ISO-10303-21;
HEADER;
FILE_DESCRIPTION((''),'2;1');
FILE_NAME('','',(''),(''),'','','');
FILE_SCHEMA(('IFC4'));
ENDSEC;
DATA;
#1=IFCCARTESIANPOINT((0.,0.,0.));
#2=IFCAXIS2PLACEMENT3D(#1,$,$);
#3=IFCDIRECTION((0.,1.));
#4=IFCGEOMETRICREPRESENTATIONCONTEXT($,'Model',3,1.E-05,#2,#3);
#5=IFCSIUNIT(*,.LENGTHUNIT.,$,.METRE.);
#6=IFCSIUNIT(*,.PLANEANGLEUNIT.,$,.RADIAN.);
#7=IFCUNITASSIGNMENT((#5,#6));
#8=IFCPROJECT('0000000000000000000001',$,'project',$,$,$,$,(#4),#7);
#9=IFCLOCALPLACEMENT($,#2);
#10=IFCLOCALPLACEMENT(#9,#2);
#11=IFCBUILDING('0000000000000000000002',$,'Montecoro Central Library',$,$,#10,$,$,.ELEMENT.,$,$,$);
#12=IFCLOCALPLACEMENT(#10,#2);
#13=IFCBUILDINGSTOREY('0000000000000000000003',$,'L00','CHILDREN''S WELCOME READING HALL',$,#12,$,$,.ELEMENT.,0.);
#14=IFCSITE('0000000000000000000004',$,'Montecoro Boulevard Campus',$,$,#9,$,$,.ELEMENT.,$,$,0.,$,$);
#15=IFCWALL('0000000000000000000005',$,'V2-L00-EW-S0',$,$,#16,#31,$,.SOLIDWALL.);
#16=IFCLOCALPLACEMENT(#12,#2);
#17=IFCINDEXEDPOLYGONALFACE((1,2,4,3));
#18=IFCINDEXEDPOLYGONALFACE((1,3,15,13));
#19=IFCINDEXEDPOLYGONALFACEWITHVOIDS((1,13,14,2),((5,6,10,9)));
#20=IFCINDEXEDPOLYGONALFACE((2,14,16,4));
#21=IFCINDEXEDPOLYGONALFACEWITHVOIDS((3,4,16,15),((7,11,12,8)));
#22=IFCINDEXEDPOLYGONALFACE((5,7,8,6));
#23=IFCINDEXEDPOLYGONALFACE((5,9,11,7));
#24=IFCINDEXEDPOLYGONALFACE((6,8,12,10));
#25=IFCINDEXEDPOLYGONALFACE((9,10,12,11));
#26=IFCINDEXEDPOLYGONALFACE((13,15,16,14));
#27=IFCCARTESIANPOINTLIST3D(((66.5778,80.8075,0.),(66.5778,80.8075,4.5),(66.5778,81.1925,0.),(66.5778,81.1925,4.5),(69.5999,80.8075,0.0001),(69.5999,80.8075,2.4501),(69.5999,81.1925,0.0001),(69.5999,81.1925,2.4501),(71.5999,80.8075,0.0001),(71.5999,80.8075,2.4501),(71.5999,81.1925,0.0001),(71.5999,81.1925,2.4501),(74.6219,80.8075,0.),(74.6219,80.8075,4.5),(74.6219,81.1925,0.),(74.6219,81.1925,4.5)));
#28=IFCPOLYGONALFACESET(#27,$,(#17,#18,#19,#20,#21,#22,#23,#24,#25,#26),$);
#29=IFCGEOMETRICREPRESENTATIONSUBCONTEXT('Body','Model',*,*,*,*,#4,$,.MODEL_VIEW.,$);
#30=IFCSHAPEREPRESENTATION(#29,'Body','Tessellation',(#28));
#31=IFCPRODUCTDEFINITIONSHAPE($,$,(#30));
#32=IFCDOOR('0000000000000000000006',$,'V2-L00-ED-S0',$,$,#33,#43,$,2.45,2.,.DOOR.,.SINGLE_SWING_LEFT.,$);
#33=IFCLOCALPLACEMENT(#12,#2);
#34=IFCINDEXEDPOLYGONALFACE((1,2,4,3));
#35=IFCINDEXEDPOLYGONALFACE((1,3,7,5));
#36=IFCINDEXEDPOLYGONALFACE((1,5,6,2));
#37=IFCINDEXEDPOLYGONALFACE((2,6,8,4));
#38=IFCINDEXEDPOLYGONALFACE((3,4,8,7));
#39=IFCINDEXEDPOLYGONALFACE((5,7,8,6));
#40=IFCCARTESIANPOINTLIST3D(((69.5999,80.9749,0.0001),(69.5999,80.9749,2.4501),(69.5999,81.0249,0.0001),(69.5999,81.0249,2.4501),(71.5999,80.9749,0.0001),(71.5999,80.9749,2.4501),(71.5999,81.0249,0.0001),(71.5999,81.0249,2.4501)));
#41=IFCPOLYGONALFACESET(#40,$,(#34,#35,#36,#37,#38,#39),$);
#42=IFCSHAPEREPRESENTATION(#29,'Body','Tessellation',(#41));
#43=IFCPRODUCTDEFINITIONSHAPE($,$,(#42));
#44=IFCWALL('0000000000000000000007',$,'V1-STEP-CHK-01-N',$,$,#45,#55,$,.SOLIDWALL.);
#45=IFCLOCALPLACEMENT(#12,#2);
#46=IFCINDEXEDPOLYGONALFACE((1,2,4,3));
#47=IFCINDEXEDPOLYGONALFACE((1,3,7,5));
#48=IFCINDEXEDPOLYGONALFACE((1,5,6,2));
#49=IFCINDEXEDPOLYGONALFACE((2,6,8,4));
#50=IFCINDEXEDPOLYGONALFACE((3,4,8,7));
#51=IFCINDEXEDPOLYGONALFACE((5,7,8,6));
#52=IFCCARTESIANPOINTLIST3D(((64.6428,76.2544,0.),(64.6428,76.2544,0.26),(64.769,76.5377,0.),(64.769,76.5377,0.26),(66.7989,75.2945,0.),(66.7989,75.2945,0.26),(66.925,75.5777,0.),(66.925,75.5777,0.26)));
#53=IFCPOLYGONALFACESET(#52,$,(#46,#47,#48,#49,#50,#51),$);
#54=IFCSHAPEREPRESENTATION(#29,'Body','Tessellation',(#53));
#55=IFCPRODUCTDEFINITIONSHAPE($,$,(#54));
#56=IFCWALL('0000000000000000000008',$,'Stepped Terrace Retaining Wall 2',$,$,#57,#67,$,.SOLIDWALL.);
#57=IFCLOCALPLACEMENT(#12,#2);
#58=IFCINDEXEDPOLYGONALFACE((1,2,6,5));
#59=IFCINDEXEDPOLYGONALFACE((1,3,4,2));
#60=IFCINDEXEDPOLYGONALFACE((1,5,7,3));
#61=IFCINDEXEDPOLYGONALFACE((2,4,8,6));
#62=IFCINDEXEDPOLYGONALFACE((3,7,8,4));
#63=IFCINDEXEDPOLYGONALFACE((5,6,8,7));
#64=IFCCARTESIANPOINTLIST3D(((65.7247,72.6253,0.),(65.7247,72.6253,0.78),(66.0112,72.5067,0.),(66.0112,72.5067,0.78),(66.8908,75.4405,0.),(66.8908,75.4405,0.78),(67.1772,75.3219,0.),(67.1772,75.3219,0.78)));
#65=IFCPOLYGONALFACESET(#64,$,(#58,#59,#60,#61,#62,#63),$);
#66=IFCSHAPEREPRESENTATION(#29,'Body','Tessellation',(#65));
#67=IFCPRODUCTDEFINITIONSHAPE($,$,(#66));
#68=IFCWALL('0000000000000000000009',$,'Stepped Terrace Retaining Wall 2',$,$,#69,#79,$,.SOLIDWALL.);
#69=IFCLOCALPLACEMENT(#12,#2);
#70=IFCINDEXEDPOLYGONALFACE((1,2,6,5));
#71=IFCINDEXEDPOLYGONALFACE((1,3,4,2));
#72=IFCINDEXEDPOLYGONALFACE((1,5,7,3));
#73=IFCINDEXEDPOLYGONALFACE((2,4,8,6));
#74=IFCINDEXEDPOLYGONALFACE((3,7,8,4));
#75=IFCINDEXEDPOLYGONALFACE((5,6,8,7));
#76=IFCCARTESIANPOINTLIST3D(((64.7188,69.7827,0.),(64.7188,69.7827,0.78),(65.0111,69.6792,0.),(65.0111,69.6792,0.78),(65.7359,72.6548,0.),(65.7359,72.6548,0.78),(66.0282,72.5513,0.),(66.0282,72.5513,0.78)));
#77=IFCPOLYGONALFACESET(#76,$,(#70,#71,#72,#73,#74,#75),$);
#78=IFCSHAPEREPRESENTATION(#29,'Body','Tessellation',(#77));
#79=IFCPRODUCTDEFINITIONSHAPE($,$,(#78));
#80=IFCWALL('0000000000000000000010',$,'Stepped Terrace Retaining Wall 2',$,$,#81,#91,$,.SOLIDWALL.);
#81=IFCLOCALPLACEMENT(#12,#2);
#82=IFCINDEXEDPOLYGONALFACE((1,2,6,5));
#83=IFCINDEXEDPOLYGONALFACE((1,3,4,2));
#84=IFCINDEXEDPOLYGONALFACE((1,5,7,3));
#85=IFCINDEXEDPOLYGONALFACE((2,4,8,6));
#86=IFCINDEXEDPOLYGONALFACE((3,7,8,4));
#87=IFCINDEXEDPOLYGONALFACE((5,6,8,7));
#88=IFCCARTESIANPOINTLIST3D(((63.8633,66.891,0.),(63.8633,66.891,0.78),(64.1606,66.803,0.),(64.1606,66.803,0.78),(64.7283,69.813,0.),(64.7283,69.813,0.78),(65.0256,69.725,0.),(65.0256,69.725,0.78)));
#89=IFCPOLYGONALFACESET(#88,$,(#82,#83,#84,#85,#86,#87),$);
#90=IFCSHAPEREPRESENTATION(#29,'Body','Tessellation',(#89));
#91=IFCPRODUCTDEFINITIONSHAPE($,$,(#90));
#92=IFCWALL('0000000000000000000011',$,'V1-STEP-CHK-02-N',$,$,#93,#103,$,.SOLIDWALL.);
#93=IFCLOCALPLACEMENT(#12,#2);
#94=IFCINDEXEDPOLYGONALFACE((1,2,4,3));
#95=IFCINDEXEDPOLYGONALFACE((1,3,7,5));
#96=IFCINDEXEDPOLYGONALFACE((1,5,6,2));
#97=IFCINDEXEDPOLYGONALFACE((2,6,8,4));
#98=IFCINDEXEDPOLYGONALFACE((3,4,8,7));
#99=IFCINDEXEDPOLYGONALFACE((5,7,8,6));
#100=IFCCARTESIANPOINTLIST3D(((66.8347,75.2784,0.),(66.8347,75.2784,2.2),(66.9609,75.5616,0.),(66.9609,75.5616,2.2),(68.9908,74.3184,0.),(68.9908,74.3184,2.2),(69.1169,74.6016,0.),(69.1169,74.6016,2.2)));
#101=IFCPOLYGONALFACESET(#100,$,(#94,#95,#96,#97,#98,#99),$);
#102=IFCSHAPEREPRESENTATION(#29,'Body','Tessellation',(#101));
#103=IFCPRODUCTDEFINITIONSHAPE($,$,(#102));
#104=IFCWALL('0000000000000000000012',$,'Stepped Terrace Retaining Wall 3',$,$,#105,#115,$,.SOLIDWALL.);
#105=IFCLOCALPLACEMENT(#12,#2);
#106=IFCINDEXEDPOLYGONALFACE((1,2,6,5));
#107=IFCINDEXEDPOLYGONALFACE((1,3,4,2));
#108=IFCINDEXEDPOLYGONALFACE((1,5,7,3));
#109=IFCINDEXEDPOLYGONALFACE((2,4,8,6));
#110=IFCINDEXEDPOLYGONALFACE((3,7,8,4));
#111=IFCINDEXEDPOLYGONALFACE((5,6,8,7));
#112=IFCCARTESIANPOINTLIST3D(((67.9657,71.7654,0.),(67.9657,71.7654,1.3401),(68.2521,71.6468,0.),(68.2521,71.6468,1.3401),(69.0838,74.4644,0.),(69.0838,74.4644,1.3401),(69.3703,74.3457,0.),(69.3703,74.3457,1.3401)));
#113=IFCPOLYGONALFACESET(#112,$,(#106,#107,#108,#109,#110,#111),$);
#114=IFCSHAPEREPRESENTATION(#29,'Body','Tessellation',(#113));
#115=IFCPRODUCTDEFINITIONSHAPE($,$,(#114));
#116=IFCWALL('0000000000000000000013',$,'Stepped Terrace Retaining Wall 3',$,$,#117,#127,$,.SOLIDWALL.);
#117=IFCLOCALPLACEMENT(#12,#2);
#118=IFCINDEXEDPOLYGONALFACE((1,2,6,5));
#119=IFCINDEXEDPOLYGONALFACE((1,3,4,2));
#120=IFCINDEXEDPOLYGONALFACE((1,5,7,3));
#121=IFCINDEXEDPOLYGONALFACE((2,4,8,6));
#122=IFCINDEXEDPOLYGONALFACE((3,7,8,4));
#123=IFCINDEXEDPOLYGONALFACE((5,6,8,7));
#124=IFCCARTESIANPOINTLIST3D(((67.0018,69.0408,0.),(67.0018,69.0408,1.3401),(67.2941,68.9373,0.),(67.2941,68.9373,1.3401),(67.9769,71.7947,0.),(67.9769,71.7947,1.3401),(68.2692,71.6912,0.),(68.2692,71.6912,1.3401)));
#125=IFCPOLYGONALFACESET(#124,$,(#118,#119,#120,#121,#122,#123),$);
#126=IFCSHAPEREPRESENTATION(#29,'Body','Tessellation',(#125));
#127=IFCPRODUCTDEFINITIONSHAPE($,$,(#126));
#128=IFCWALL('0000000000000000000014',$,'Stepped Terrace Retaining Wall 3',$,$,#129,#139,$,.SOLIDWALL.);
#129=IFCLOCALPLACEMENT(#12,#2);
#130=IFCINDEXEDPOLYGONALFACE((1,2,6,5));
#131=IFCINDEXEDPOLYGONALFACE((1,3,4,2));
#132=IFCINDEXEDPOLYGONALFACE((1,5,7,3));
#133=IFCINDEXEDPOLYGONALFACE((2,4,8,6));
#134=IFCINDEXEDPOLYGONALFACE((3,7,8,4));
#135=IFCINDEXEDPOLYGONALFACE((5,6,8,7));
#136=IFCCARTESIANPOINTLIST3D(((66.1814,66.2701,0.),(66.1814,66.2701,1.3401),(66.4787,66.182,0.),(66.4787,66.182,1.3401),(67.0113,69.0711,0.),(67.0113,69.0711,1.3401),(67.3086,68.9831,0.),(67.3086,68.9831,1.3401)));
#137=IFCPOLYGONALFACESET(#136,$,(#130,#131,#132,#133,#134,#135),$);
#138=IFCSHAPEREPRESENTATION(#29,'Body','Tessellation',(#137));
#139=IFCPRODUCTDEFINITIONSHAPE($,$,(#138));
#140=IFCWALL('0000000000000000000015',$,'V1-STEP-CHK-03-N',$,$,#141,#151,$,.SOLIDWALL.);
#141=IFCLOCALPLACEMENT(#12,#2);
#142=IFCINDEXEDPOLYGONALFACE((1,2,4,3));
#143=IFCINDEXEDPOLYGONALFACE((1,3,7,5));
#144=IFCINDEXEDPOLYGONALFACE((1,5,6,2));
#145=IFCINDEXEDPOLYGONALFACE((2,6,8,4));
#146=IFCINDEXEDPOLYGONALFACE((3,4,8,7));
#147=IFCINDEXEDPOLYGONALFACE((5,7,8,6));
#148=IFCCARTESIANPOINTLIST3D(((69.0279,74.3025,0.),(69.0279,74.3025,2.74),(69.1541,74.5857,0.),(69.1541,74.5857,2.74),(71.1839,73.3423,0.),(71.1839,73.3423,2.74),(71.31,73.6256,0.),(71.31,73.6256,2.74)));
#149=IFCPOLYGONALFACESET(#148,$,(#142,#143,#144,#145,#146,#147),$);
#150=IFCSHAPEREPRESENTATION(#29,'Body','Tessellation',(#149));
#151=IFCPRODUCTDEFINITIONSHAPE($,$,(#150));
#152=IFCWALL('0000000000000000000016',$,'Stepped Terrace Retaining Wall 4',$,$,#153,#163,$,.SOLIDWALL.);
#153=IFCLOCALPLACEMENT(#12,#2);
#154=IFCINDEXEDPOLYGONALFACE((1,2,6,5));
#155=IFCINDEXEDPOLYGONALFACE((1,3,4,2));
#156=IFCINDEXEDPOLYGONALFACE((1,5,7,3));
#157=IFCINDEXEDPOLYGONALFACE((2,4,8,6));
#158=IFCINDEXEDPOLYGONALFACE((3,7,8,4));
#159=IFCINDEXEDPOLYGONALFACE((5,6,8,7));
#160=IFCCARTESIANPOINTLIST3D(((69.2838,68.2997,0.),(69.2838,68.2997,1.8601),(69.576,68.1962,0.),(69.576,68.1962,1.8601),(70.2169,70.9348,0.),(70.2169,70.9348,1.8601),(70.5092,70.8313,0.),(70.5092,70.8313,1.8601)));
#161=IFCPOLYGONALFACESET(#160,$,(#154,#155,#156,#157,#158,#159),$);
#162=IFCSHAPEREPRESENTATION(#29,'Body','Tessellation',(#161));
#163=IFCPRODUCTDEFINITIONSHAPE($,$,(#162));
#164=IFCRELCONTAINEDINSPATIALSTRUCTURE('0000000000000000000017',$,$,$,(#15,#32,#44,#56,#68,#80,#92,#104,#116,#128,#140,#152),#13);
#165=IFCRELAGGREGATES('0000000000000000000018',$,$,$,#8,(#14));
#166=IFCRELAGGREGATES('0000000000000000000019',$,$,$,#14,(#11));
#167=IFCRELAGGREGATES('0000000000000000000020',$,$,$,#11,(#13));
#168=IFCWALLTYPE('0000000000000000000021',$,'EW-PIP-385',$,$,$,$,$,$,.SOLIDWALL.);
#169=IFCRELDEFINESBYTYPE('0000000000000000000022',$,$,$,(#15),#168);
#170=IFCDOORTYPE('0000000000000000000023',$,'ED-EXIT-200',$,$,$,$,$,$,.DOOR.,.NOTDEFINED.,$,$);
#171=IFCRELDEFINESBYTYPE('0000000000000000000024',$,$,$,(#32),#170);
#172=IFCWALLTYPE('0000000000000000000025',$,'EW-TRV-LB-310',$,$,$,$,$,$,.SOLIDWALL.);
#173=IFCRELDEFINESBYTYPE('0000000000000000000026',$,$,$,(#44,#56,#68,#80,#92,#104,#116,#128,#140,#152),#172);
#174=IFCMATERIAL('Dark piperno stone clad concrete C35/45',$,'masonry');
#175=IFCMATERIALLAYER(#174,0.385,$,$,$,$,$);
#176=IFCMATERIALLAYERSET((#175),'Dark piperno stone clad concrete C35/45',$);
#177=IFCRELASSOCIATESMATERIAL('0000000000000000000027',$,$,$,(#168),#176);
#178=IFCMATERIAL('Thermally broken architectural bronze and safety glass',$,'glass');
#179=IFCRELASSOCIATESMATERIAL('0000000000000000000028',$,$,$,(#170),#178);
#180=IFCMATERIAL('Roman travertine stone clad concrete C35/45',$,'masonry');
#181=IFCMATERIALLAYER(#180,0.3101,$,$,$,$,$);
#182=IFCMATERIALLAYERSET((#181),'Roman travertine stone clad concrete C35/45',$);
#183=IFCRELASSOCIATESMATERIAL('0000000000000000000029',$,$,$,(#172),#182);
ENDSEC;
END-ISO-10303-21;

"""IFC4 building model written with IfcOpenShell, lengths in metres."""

from ifc_helpers import new_model, si_unit, direction, frame, frame_2d, origin, place, context, subcontext, project, spatial, rectangle, extrude, material, layer, layer_set, type_object, element, fill, save


model = new_model("IFC4")

# Units and contexts
model_context = context("Model", 3, precision=1e-05, world=origin(), true_north=direction((0.0, 1.0)))
body_context = subcontext(model_context, "Body", "Model", "MODEL_VIEW")
ifc_project = project(units=[si_unit("LENGTHUNIT", "METRE"), si_unit("PLANEANGLEUNIT", "RADIAN")], contexts=[model_context])

# Site, building, storey
site_placement = place(None, origin())
site = spatial("IfcSite", under=ifc_project, at=site_placement, Name="Montecoro Boulevard Campus", CompositionType="ELEMENT", RefElevation=0.0)
building_placement = place(site_placement, origin())
building = spatial("IfcBuilding", under=site, at=building_placement, Name="Montecoro Central Library", CompositionType="ELEMENT")
storey_placement = place(building_placement, origin())
storey = spatial("IfcBuildingStorey", under=building, at=storey_placement, Name="L00", Description="CHILDREN'S WELCOME READING HALL", CompositionType="ELEMENT", Elevation=0.0)

# Wall, opening, door
ifc_material_1 = material(Name="Dark piperno stone clad concrete C35/45", Category="masonry")
ifc_layer_1 = layer(ifc_material_1, 0.385)
ifc_layer_set_1 = layer_set([ifc_layer_1], Name="Dark piperno stone clad concrete C35/45")
wall_type_1 = type_object("IfcWallType", Name="EW-PIP-385", PredefinedType="SOLIDWALL", material=ifc_layer_set_1)
wall_1_placement = place(storey_placement, frame((66.5779, 81.0, 0.0), z_axis=(0.0, 0.0, 1.0), x_axis=(1.0, 0.0, 0.0)))
wall_1 = element("IfcWall", 1, at=wall_1_placement, inside=storey, type_object=wall_type_1, Name="V2-L00-EW-S0", PredefinedType="SOLIDWALL", context=body_context, shape_type="SweptSolid", body=[
    extrude(rectangle(XDim=8.0442, YDim=0.385, at=frame_2d((4.022, 0.0))), origin(), (0.0, 0.0, 1.0), 4.5),
])
opening_placement = place(wall_1_placement, frame((3.022, 0.0, 0.0)))
opening = element("IfcOpeningElement", 2, at=opening_placement, cuts=wall_1, PredefinedType="OPENING", context=body_context, shape_type="SweptSolid", body=[
    extrude(rectangle(XDim=2.0, YDim=2.45, at=frame_2d((1.0, 1.2251))), frame((0.0, 0.2024, 0.0), z_axis=(0.0, -1.0, 0.0), x_axis=(1.0, 0.0, 0.0)), (0.0, 0.0, 1.0), 0.405),
])
ifc_material_2 = material(Name="Thermally broken architectural bronze and safety glass", Category="glass")
door_type = type_object("IfcDoorType", Name="ED-EXIT-200", OperationType="NOTDEFINED", PredefinedType="DOOR", material=ifc_material_2)
door_placement = place(opening_placement, origin())
door = element("IfcDoor", 3, at=door_placement, inside=storey, type_object=door_type, Name="V2-L00-ED-S0", OperationType="SINGLE_SWING_LEFT", OverallHeight=2.45, OverallWidth=2.0, PredefinedType="DOOR", context=body_context, shape_type="SweptSolid", body=[
    extrude(rectangle(XDim=2.0, YDim=2.45, at=frame_2d((1.0, 1.2251))), frame((0.0, 0.0249, 0.0), z_axis=(0.0, -1.0, 0.0), x_axis=(1.0, 0.0, 0.0)), (0.0, 0.0, 1.0), 0.05),
])
fill(opening, door)

# Walls
ifc_material_3 = material(Name="Roman travertine stone clad concrete C35/45", Category="masonry")
ifc_layer_2 = layer(ifc_material_3, 0.3101)
ifc_layer_set_2 = layer_set([ifc_layer_2], Name="Roman travertine stone clad concrete C35/45")
wall_type_2 = type_object("IfcWallType", Name="EW-TRV-LB-310", PredefinedType="SOLIDWALL", material=ifc_layer_set_2)
wall_2_placement = place(storey_placement, frame((66.8621, 75.436, 0.0), z_axis=(0.0, 0.0, 1.0), x_axis=(-0.913538, 0.406753, 0.0)))
element("IfcWall", 4, at=wall_2_placement, inside=storey, type_object=wall_type_2, Name="V1-STEP-CHK-01-N", PredefinedType="SOLIDWALL", context=body_context, shape_type="SweptSolid", body=[
    extrude(rectangle(XDim=2.3601, YDim=0.3101, at=frame_2d((1.1802, 0.0))), origin(), (0.0, 0.0, 1.0), 0.26),
])
wall_3_placement = place(storey_placement, frame((67.0339, 75.3811, 0.0), z_axis=(0.0, 0.0, 1.0), x_axis=(-0.382663, -0.923888, 0.0)))
element("IfcWall", 5, at=wall_3_placement, inside=storey, type_object=wall_type_2, Name="Stepped Terrace Retaining Wall 2", PredefinedType="SOLIDWALL", context=body_context, shape_type="SweptSolid", body=[
    extrude(rectangle(XDim=3.0471, YDim=0.3101, at=frame_2d((1.5234, 0.0))), origin(), (0.0, 0.0, 1.0), 0.78),
])
wall_4_placement = place(storey_placement, frame((65.8821, 72.603, 0.0), z_axis=(0.0, 0.0, 1.0), x_axis=(-0.333817, -0.942638, 0.0)))
element("IfcWall", 6, at=wall_4_placement, inside=storey, type_object=wall_type_2, Name="Stepped Terrace Retaining Wall 2", PredefinedType="SOLIDWALL", context=body_context, shape_type="SweptSolid", body=[
    extrude(rectangle(XDim=3.0469, YDim=0.3101, at=frame_2d((1.5234, 0.0))), origin(), (0.0, 0.0, 1.0), 0.78),
])
wall_5_placement = place(storey_placement, frame((64.877, 69.769, 0.0), z_axis=(0.0, 0.0, 1.0), x_axis=(-0.28384, -0.958872, 0.0)))
element("IfcWall", 7, at=wall_5_placement, inside=storey, type_object=wall_type_2, Name="Stepped Terrace Retaining Wall 2", PredefinedType="SOLIDWALL", context=body_context, shape_type="SweptSolid", body=[
    extrude(rectangle(XDim=3.0474, YDim=0.3101, at=frame_2d((1.5237, 0.0))), origin(), (0.0, 0.0, 1.0), 0.78),
])
wall_6_placement = place(storey_placement, frame((69.054, 74.46, 0.0), z_axis=(0.0, 0.0, 1.0), x_axis=(-0.913538, 0.406753, 0.0)))
element("IfcWall", 8, at=wall_6_placement, inside=storey, type_object=wall_type_2, Name="V1-STEP-CHK-02-N", PredefinedType="SOLIDWALL", context=body_context, shape_type="SweptSolid", body=[
    extrude(rectangle(XDim=2.3601, YDim=0.3101, at=frame_2d((1.1802, 0.0))), origin(), (0.0, 0.0, 1.0), 2.2),
])
for number, where, z_axis, x_axis, name in (
    (9, (69.2271, 74.405, 0.0), (0.0, 0.0, 1.0), (-0.382745, -0.923854, 0.0), "Stepped Terrace Retaining Wall 3"),
    (10, (68.123, 71.7429, 0.0), (0.0, 0.0, 1.0), (-0.333773, -0.942654, 0.0), "Stepped Terrace Retaining Wall 3"),
    (11, (67.1599, 69.0271, 0.0), (0.0, 0.0, 1.0), (-0.284057, -0.958807, 0.0), "Stepped Terrace Retaining Wall 3"),
):
    element("IfcWall", number, at=place(storey_placement, frame(where, z_axis=z_axis, x_axis=x_axis)), inside=storey, type_object=wall_type_2, Name=name, PredefinedType="SOLIDWALL", context=body_context, shape_type="SweptSolid", body=[
        extrude(rectangle(XDim=2.9214, YDim=0.3101, at=frame_2d((1.4607, 0.0))), origin(), (0.0, 0.0, 1.0), 1.3401),
    ])
wall_7_placement = place(storey_placement, frame((71.2471, 73.4839, 0.0), z_axis=(0.0, 0.0, 1.0), x_axis=(-0.9135, 0.406839, 0.0)))
element("IfcWall", 12, at=wall_7_placement, inside=storey, type_object=wall_type_2, Name="V1-STEP-CHK-03-N", PredefinedType="SOLIDWALL", context=body_context, shape_type="SweptSolid", body=[
    extrude(rectangle(XDim=2.3601, YDim=0.3101, at=frame_2d((1.1802, 0.0))), origin(), (0.0, 0.0, 1.0), 2.74),
])
wall_8_placement = place(storey_placement, frame((70.363, 70.8831, 0.0), z_axis=(0.0, 0.0, 1.0), x_axis=(-0.333807, -0.942642, 0.0)))
element("IfcWall", 13, at=wall_8_placement, inside=storey, type_object=wall_type_2, Name="Stepped Terrace Retaining Wall 4", PredefinedType="SOLIDWALL", context=body_context, shape_type="SweptSolid", body=[
    extrude(rectangle(XDim=2.7954, YDim=0.3101, at=frame_2d((1.3977, 0.0))), origin(), (0.0, 0.0, 1.0), 1.8601),
])

save(model, "model.ifc")
